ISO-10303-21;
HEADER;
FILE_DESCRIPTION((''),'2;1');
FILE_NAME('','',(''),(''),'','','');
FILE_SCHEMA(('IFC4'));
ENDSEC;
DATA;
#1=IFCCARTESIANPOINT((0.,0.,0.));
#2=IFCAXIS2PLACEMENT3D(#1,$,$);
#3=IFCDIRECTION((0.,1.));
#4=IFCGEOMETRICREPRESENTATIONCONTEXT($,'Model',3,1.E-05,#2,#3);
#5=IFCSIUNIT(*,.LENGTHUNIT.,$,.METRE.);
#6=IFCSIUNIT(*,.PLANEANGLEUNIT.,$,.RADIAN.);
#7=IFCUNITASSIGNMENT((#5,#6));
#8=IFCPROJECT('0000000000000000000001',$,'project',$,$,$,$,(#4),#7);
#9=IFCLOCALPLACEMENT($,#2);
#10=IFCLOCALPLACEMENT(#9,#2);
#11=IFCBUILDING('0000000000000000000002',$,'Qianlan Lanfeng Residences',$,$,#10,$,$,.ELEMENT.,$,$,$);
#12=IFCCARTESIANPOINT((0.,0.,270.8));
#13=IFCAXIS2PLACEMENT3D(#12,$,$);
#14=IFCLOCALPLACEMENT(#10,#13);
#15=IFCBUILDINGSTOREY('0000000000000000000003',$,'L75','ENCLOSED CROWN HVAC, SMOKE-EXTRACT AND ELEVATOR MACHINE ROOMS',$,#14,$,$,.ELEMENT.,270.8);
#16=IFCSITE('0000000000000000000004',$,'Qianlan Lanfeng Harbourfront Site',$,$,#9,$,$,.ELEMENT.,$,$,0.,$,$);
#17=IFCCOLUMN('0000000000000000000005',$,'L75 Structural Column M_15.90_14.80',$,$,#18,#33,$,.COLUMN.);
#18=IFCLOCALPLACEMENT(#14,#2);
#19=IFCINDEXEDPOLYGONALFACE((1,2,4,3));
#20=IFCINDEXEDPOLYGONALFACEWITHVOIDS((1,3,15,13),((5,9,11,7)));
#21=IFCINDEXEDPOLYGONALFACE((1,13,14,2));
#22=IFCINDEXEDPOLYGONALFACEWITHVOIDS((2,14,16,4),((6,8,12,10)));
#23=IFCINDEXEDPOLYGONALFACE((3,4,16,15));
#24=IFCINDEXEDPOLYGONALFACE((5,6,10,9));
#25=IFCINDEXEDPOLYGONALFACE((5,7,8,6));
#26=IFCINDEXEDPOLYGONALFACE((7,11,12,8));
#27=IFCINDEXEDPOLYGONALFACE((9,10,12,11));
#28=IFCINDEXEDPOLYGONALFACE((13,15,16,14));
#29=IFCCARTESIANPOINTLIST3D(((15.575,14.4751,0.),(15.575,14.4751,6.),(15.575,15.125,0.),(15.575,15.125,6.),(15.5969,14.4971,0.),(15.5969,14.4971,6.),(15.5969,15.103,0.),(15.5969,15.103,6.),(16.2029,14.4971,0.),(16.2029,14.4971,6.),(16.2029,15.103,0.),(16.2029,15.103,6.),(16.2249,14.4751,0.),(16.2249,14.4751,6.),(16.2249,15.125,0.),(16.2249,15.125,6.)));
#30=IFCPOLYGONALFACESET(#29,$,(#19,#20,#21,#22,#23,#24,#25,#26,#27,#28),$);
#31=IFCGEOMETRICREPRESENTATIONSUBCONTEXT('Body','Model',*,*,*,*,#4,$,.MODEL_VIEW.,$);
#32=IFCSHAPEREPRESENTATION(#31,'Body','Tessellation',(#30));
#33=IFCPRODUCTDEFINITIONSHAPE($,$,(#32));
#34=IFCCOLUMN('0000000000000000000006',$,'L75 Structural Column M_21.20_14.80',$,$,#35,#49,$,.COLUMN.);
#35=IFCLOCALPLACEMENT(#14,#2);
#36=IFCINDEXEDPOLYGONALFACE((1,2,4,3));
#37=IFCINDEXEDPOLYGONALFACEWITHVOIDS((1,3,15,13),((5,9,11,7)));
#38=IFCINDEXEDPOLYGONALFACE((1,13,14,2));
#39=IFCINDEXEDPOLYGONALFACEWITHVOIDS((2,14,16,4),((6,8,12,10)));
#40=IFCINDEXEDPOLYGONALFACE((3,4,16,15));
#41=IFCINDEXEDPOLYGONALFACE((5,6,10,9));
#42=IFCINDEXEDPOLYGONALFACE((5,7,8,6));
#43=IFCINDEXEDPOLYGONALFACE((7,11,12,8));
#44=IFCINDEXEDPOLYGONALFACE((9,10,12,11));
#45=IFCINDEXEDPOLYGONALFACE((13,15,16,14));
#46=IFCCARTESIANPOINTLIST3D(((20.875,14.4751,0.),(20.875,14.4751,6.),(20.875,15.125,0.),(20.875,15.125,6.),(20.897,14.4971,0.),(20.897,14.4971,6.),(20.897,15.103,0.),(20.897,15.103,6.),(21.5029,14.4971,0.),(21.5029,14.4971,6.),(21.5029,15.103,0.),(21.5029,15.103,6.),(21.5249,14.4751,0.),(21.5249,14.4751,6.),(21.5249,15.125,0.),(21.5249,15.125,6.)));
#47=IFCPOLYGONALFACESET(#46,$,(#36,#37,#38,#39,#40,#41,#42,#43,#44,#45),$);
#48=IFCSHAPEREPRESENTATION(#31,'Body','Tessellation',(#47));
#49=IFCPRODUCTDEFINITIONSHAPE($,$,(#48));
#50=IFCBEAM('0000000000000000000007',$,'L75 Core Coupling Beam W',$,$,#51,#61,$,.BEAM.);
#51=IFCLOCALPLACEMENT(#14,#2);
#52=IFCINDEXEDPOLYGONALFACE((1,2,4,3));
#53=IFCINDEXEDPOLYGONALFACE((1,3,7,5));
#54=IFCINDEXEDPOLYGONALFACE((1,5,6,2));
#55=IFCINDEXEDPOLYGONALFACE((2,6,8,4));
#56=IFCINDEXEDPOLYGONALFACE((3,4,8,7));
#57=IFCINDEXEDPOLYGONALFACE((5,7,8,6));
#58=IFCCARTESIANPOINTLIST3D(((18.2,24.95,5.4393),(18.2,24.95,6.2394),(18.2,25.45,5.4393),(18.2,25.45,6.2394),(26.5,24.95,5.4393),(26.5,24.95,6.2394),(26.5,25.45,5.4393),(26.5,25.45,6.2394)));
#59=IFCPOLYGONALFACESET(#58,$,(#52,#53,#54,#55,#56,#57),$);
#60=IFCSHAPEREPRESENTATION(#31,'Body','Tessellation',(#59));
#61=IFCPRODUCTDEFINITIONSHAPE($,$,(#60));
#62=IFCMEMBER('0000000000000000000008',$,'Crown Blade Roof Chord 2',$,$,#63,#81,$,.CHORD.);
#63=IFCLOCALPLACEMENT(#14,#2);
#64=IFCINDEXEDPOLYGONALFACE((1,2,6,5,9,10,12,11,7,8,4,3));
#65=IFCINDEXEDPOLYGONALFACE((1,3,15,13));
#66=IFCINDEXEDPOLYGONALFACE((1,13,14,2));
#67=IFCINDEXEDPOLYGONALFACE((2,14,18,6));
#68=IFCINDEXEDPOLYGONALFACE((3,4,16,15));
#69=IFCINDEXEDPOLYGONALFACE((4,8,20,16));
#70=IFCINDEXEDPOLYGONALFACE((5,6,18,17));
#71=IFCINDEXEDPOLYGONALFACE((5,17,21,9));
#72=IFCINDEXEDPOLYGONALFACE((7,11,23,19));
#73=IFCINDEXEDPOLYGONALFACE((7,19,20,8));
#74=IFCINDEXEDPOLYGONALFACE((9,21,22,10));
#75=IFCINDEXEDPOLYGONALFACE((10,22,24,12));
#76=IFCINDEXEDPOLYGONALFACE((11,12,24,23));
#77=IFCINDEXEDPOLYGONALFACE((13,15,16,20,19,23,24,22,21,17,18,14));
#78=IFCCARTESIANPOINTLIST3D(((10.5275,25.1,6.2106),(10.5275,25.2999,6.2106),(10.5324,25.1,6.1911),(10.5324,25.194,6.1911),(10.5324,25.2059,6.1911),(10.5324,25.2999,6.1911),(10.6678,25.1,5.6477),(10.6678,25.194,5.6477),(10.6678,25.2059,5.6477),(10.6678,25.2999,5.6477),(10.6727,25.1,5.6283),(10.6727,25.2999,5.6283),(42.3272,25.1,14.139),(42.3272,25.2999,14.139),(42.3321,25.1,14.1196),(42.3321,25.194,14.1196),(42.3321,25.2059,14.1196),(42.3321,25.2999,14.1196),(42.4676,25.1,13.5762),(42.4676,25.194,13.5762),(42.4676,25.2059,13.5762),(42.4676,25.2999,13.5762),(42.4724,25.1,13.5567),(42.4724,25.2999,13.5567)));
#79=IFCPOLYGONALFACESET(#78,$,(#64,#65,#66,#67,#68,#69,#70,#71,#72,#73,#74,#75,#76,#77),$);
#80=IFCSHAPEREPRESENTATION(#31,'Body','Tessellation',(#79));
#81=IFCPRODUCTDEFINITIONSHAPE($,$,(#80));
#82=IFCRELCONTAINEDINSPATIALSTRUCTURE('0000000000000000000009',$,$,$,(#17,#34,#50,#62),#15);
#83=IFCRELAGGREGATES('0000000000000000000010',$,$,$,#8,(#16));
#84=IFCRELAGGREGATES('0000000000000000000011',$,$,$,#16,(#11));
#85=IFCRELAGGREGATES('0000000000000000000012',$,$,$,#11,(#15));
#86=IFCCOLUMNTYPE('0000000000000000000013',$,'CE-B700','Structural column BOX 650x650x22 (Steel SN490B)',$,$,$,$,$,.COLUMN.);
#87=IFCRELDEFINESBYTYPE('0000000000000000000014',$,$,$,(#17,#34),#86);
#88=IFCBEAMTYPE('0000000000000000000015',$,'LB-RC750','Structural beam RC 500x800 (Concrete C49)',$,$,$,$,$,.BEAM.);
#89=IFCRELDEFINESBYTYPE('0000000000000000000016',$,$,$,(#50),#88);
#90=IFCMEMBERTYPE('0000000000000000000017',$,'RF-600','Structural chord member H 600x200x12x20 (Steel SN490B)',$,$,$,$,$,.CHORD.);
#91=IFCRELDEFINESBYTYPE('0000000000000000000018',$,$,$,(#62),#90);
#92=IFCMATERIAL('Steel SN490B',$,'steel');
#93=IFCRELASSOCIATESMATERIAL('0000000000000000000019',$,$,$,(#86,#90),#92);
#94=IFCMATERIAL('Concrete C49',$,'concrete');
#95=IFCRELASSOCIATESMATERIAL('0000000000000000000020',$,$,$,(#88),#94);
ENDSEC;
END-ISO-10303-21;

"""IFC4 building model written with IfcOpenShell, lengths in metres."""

from ifc_helpers import new_model, si_unit, direction, frame, origin, origin_2d, place, context, subcontext, project, spatial, rectangle, hollow_rectangle, i_section, extrude, material, material_profile, profile_set, type_object, element, save


model = new_model("IFC4")

# Units and contexts
model_context = context("Model", 3, precision=1e-05, world=origin(), true_north=direction((0.0, 1.0)))
body_context = subcontext(model_context, "Body", "Model", "MODEL_VIEW")
ifc_project = project(units=[si_unit("LENGTHUNIT", "METRE"), si_unit("PLANEANGLEUNIT", "RADIAN")], contexts=[model_context])

# Site, building, storey
site_placement = place(None, origin())
site = spatial("IfcSite", under=ifc_project, at=site_placement, Name="Qianlan Lanfeng Harbourfront Site", CompositionType="ELEMENT", RefElevation=0.0)
building_placement = place(site_placement, origin())
building = spatial("IfcBuilding", under=site, at=building_placement, Name="Qianlan Lanfeng Residences", CompositionType="ELEMENT")
storey_placement = place(building_placement, frame((0.0, 0.0, 270.8)))
storey = spatial("IfcBuildingStorey", under=building, at=storey_placement, Name="L75", Description="ENCLOSED CROWN HVAC, SMOKE-EXTRACT AND ELEVATOR MACHINE ROOMS", CompositionType="ELEMENT", Elevation=270.8)

# Columns
ifc_material_1 = material(Name="Steel SN490B", Category="steel")
ifc_material_profile_1 = material_profile(ifc_material_1, hollow_rectangle(XDim=0.6499, YDim=0.6499, WallThickness=0.022, at=origin_2d()), Name="BOX 650x650x22")
ifc_profile_set_1 = profile_set([ifc_material_profile_1], Name="Steel SN490B")
column_type = type_object("IfcColumnType", Name="CE-B700", Description="Structural column BOX 650x650x22 (Steel SN490B)", PredefinedType="COLUMN", material=ifc_profile_set_1)
for number, where, z_axis, x_axis, name in (
    (1, (15.8999, 14.8, 0.0), (0.0, 0.0, 1.0), (1.0, 0.0, 0.0), "L75 Structural Column M_15.90_14.80"),
    (2, (21.2, 14.8, 0.0), (0.0, 0.0, 1.0), (1.0, 0.0, 0.0), "L75 Structural Column M_21.20_14.80"),
):
    element("IfcColumn", number, at=place(storey_placement, frame(where, z_axis=z_axis, x_axis=x_axis)), inside=storey, type_object=column_type, Name=name, PredefinedType="COLUMN", context=body_context, shape_type="SweptSolid", body=[
        extrude(hollow_rectangle(XDim=0.6499, YDim=0.6499, WallThickness=0.022, at=origin_2d()), origin(), (0.0, 0.0, 1.0), 6.0),
    ])

# Beam
ifc_material_2 = material(Name="Concrete C49", Category="concrete")
ifc_material_profile_2 = material_profile(ifc_material_2, rectangle(XDim=0.5, YDim=0.8, at=origin_2d()), Name="RC 500x800")
ifc_profile_set_2 = profile_set([ifc_material_profile_2], Name="Concrete C49")
beam_type = type_object("IfcBeamType", Name="LB-RC750", Description="Structural beam RC 500x800 (Concrete C49)", PredefinedType="BEAM", material=ifc_profile_set_2)
beam_placement = place(storey_placement, frame((18.2, 25.2, 5.8394), z_axis=(1.0, 0.0, 0.0), x_axis=(0.0, 1.0, 0.0)))
element("IfcBeam", 3, at=beam_placement, inside=storey, type_object=beam_type, Name="L75 Core Coupling Beam W", PredefinedType="BEAM", context=body_context, shape_type="SweptSolid", body=[
    extrude(rectangle(XDim=0.5, YDim=0.8, at=origin_2d()), origin(), (0.0, 0.0, 1.0), 8.3),
])

# Member
ifc_material_profile_3 = material_profile(ifc_material_1, i_section(OverallWidth=0.2, OverallDepth=0.6001, WebThickness=0.012, FlangeThickness=0.02, at=origin_2d()), Name="H 600x200x12x20")
ifc_profile_set_3 = profile_set([ifc_material_profile_3], Name="Steel SN490B")
member_type = type_object("IfcMemberType", Name="RF-600", Description="Structural chord member H 600x200x12x20 (Steel SN490B)", PredefinedType="CHORD", material=ifc_profile_set_3)
member_placement = place(storey_placement, frame((10.6001, 25.2, 5.9194), z_axis=(0.970297, 0.0, 0.241919), x_axis=(0.0, 1.0, 0.0)))
element("IfcMember", 4, at=member_placement, inside=storey, type_object=member_type, Name="Crown Blade Roof Chord 2", PredefinedType="CHORD", context=body_context, shape_type="SweptSolid", body=[
    extrude(i_section(OverallWidth=0.2, OverallDepth=0.6001, WebThickness=0.012, FlangeThickness=0.02, at=origin_2d()), origin(), (0.0, 0.0, 1.0), 32.7732),
])

save(model, "model.ifc")
